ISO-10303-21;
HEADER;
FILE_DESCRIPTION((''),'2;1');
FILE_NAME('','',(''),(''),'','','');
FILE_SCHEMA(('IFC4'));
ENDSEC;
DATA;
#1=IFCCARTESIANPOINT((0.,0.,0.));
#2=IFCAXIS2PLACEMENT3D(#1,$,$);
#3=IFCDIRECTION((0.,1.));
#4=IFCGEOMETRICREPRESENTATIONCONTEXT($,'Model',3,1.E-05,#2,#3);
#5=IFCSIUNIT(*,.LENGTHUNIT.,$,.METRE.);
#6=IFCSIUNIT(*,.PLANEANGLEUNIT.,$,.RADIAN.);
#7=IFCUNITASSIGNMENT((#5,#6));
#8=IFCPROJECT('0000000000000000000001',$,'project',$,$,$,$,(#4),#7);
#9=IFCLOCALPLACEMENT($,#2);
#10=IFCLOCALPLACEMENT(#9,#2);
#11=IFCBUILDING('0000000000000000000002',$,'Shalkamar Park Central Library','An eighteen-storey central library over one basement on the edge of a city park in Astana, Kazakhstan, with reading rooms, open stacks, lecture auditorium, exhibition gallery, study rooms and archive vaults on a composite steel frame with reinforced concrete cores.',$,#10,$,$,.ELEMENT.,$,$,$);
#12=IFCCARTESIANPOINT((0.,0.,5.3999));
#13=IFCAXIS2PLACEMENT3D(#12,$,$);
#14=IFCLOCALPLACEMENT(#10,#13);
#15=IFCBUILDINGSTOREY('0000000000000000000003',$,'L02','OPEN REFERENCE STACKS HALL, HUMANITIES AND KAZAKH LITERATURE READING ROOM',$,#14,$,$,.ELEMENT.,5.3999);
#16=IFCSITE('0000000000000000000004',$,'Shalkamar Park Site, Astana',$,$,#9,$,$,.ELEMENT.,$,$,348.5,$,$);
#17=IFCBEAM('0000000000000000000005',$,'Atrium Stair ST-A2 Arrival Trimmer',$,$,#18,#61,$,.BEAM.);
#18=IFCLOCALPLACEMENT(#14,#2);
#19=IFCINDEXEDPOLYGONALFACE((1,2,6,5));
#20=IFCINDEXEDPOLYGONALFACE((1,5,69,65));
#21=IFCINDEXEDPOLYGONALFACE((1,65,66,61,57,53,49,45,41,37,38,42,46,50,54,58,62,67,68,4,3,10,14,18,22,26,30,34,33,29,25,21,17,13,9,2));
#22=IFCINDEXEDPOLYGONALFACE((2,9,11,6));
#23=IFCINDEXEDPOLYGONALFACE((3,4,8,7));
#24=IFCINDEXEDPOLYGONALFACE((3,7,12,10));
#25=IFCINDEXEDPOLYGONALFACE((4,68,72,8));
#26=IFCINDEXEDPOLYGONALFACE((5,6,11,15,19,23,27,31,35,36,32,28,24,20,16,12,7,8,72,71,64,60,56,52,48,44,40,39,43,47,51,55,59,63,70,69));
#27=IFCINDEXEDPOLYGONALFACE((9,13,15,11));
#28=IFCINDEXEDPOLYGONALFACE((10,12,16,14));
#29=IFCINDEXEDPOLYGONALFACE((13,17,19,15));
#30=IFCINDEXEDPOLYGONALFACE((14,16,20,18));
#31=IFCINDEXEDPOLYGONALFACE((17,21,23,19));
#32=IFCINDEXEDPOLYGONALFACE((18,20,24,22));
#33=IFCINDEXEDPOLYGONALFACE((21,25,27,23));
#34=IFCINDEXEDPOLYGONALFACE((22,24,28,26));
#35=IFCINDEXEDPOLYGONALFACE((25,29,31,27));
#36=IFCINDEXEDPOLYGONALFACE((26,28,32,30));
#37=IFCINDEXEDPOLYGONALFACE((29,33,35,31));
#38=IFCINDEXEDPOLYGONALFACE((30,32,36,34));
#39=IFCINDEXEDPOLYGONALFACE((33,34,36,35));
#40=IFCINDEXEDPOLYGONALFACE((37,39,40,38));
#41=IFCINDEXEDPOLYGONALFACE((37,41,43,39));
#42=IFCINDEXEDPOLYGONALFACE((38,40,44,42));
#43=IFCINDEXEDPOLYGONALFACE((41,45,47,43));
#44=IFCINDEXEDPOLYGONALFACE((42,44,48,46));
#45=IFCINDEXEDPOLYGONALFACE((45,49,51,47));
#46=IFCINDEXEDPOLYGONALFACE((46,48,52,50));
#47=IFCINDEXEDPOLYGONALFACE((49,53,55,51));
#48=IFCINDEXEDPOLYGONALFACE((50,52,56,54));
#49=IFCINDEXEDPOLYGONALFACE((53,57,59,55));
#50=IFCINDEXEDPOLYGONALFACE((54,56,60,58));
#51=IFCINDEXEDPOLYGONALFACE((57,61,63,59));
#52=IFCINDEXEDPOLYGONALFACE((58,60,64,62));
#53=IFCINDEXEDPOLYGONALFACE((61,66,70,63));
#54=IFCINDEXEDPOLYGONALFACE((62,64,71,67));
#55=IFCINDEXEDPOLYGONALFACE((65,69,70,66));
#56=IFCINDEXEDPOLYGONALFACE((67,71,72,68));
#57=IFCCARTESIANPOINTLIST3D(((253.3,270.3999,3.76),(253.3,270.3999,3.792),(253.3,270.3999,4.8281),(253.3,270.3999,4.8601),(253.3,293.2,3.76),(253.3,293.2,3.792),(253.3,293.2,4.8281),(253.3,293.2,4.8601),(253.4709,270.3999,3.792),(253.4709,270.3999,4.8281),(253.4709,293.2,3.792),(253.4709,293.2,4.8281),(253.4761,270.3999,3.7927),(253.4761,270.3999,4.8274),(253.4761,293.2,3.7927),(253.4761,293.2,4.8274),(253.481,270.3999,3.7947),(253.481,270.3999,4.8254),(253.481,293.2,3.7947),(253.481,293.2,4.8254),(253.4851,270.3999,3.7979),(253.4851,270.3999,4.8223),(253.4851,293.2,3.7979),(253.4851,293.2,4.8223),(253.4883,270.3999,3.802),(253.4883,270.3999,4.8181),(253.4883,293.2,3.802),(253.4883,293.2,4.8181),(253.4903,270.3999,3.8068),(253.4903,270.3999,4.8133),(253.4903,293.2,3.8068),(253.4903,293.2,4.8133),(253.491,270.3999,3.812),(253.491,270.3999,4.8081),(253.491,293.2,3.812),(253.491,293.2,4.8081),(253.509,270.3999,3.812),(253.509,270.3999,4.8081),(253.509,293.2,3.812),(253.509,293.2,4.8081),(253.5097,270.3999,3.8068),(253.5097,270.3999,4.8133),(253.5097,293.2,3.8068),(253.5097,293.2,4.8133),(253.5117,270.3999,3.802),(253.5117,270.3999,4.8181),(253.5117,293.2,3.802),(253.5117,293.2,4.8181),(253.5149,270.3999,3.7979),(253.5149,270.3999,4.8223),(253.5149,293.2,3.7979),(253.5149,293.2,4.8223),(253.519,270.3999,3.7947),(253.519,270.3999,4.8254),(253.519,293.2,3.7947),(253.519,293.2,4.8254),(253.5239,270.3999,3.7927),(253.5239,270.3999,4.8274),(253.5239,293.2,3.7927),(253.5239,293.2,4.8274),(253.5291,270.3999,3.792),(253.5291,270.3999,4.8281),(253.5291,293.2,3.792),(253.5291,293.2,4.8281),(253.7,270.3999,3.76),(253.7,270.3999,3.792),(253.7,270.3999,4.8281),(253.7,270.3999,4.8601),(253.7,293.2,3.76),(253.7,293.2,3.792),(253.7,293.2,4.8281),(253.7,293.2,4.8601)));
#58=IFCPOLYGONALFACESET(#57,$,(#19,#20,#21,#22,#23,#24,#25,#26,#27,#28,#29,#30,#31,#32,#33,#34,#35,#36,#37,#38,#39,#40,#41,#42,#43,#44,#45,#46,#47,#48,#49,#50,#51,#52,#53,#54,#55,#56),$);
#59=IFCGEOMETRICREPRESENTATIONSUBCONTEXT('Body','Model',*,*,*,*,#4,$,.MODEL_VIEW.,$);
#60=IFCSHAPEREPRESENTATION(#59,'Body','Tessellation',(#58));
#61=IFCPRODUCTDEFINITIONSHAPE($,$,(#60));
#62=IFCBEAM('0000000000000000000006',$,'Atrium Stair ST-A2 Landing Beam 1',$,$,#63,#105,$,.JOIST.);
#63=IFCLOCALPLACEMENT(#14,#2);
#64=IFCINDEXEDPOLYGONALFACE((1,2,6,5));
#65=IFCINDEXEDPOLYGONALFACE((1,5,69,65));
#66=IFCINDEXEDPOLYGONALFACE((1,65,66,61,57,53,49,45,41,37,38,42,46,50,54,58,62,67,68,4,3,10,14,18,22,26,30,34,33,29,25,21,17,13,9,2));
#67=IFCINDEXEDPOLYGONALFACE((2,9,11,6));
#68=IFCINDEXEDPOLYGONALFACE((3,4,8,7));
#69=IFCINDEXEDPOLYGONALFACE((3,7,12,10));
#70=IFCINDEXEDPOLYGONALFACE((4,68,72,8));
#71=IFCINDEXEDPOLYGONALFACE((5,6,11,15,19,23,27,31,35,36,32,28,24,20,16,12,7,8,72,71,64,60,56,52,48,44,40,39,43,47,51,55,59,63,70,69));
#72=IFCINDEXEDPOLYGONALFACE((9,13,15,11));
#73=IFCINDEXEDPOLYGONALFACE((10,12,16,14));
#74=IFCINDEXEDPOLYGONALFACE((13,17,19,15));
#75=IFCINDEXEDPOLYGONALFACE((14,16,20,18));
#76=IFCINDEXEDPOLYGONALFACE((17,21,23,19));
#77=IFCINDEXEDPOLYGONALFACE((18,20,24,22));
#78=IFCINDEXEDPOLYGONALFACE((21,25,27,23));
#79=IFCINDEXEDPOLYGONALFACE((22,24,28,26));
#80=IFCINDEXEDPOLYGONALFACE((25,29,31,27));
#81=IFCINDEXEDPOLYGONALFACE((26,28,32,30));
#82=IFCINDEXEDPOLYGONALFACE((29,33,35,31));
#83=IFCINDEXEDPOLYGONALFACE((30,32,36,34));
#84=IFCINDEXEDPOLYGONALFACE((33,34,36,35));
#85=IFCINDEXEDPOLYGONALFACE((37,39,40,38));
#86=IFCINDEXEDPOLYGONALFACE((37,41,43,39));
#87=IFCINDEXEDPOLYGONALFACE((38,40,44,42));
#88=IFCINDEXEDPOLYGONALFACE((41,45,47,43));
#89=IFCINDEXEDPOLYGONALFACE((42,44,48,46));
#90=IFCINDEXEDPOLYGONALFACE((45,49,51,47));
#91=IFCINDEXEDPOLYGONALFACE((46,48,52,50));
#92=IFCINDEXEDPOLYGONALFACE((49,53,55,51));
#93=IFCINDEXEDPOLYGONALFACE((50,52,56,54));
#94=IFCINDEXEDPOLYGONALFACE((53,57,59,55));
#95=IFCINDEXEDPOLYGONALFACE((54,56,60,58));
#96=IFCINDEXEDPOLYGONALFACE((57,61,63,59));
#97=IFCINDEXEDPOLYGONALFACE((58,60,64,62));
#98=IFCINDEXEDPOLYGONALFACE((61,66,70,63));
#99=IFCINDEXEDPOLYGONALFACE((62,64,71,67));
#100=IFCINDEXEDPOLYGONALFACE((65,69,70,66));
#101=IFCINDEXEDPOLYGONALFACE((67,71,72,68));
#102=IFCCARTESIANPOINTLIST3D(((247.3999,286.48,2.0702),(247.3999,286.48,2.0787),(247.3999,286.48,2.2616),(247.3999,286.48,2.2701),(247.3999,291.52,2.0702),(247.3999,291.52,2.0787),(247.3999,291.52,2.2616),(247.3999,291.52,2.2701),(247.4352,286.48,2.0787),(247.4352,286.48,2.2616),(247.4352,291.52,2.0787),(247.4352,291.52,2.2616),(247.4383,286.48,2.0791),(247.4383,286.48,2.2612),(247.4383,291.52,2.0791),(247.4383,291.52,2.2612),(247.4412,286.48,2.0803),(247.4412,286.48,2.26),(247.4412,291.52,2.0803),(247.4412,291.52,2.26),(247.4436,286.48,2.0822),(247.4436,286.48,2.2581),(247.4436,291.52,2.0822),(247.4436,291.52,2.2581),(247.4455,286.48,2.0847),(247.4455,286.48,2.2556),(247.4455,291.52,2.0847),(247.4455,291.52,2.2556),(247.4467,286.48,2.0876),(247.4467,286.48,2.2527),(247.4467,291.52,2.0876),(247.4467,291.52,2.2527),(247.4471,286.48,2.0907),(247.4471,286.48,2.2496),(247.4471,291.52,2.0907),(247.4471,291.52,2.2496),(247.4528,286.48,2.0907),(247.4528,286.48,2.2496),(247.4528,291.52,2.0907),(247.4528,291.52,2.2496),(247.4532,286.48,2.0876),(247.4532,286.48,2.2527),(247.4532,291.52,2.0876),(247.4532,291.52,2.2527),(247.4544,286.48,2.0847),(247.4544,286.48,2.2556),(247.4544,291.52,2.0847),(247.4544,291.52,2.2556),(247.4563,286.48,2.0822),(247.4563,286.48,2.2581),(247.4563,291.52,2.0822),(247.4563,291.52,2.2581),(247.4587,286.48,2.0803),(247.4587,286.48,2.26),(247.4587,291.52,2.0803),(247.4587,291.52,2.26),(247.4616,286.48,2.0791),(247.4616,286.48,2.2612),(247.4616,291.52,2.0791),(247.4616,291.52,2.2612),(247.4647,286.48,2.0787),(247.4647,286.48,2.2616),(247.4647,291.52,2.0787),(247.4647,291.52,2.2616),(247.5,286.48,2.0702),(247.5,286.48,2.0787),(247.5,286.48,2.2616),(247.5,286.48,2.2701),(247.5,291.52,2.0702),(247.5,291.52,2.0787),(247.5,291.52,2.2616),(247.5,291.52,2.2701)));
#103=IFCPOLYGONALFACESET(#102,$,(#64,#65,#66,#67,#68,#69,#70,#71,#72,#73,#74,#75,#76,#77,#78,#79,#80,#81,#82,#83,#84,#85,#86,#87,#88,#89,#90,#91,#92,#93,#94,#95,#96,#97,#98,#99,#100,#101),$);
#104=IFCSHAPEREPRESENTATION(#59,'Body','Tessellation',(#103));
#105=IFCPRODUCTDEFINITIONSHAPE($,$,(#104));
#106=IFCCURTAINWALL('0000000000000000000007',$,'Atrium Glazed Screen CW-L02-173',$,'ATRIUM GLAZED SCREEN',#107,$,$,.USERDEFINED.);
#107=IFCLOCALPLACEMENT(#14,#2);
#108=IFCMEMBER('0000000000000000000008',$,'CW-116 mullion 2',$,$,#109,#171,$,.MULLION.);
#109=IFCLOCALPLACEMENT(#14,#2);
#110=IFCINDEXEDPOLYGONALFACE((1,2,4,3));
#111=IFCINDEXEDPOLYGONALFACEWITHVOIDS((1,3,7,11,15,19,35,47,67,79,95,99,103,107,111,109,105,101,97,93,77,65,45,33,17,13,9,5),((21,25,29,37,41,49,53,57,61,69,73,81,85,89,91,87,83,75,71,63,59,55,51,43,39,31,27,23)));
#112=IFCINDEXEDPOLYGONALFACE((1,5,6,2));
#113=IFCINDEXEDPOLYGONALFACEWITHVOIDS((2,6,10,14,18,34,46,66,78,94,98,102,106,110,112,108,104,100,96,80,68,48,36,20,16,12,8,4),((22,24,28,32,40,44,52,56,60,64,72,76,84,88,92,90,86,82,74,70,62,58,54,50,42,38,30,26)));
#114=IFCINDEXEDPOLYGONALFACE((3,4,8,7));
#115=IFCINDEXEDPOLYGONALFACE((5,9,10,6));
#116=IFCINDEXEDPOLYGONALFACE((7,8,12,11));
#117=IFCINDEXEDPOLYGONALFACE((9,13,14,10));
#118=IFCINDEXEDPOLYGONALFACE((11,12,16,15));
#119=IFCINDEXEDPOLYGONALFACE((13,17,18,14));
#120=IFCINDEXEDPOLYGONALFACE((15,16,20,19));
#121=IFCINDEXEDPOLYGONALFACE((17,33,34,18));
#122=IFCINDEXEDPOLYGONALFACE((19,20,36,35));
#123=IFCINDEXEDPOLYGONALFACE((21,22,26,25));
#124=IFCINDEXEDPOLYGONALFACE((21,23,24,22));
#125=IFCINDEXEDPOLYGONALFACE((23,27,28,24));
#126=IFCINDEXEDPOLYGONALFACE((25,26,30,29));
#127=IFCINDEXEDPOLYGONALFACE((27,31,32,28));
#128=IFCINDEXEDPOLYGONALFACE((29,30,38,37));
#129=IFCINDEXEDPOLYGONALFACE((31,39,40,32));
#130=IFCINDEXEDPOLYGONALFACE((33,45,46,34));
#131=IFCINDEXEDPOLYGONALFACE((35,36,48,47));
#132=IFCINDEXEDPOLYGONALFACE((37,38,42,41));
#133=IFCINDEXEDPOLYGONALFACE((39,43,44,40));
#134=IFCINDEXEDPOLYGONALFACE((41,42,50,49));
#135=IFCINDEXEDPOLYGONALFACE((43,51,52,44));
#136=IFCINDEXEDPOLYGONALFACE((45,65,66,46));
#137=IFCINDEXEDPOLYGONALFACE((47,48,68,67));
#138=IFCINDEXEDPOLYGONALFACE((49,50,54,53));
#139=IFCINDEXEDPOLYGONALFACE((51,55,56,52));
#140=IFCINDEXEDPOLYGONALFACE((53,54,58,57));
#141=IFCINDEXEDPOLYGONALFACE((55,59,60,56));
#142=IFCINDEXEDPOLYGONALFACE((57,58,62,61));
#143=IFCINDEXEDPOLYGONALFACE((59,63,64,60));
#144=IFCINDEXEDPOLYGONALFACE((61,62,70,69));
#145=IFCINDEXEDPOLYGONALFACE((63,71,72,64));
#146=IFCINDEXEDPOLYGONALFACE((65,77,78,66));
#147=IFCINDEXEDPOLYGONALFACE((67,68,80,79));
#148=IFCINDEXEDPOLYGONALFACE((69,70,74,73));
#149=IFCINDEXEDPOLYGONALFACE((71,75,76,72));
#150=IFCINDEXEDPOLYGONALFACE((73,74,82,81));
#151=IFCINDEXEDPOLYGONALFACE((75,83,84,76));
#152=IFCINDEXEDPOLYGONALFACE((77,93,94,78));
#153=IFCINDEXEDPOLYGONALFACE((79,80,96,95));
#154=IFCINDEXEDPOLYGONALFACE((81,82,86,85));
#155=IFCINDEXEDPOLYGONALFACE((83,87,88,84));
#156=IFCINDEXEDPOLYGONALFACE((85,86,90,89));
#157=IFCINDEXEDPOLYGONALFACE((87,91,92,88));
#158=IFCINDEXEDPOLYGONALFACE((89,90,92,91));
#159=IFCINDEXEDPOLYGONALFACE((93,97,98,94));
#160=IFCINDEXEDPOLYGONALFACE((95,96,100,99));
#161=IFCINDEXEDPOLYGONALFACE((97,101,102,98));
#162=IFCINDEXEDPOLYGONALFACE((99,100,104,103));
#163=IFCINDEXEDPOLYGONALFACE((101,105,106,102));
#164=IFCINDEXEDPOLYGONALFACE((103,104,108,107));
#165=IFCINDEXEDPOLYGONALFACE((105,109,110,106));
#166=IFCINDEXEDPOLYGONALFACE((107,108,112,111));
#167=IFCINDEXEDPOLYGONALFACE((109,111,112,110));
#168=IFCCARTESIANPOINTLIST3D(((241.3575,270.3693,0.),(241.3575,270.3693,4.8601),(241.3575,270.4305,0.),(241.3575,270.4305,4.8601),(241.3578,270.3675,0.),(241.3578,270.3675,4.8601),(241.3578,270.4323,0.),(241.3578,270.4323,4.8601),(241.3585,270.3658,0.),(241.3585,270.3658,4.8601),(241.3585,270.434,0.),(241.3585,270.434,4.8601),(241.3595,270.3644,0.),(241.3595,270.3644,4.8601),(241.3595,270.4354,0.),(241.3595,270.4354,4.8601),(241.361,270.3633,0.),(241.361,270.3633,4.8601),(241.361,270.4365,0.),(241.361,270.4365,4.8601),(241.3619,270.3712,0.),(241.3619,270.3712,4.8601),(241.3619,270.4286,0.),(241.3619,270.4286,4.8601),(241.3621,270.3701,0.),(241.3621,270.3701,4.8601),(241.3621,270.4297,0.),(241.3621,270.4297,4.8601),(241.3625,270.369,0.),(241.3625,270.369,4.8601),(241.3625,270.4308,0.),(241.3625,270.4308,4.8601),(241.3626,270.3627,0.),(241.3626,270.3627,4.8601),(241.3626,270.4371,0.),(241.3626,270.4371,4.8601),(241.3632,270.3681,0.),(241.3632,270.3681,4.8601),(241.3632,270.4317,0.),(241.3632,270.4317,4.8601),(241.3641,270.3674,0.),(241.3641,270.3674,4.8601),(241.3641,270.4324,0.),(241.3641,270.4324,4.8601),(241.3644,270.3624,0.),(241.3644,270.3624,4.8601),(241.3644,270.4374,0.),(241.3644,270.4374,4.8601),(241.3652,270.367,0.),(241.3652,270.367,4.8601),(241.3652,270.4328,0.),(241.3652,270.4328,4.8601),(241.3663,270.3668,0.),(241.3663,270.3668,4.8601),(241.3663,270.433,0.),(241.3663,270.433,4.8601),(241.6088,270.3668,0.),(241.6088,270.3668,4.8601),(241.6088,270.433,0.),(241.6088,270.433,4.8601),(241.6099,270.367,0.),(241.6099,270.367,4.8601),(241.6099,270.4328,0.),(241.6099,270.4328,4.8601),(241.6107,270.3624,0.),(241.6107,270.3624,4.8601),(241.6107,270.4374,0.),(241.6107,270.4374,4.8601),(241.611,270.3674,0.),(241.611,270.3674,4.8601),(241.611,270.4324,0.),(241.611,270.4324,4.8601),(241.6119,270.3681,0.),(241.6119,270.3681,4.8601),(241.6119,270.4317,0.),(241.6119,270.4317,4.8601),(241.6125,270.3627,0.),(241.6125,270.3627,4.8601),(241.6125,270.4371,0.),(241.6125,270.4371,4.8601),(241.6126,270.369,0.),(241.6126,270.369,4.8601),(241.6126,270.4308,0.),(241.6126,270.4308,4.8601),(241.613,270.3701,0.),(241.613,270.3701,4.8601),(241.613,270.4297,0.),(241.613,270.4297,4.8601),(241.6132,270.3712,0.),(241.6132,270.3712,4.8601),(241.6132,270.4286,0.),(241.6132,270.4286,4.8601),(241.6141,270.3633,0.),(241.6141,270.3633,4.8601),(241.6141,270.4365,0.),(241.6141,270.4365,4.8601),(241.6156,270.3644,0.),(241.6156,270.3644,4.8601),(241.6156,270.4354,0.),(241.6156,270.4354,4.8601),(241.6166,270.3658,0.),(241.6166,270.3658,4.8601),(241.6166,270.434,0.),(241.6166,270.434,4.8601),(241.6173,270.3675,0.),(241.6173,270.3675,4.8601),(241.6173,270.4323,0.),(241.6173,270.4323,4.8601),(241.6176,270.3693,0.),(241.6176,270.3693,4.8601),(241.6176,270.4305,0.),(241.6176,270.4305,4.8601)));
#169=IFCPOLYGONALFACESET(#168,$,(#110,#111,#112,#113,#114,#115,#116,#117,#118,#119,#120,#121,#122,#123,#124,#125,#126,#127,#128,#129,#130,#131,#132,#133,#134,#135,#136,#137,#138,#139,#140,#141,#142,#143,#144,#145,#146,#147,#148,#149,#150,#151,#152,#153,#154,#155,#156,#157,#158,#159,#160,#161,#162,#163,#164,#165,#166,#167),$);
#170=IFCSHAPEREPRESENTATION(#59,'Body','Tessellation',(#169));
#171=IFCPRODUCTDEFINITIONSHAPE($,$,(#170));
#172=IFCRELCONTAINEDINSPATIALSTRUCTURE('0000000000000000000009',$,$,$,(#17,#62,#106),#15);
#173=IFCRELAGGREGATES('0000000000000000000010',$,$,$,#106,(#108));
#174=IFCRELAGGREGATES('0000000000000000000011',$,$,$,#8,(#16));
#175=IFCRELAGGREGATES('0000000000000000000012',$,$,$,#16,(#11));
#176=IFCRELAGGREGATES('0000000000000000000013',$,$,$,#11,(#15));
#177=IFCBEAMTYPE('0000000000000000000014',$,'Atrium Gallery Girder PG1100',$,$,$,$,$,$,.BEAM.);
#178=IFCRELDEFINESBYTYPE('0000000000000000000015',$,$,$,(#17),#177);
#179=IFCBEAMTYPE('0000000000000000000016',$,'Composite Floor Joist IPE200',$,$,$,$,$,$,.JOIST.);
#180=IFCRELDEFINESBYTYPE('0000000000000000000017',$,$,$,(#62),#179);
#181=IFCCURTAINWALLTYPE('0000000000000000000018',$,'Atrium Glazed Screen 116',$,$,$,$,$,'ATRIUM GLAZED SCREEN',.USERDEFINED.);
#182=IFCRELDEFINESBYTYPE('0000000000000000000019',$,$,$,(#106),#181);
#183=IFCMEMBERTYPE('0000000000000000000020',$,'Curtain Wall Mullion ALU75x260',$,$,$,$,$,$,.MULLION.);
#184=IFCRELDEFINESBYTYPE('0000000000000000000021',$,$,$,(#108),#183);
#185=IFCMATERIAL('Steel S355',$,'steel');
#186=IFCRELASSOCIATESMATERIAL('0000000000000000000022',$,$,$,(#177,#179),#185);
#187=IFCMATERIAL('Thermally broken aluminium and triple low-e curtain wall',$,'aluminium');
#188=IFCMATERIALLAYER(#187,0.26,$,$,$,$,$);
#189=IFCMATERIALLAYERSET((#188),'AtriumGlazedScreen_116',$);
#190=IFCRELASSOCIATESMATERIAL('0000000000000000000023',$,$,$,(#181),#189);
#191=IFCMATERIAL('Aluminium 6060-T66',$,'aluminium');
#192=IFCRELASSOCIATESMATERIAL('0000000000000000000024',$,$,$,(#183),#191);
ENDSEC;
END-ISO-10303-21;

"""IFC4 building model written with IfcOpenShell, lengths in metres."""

from ifc_helpers import new_model, si_unit, direction, frame, origin, origin_2d, place, context, subcontext, project, spatial, hollow_rectangle, i_section, extrude, material, layer, layer_set, material_profile, profile_set, type_object, element, aggregate, save


model = new_model("IFC4")

# Units and contexts
model_context = context("Model", 3, precision=1e-05, world=origin(), true_north=direction((0.0, 1.0)))
body_context = subcontext(model_context, "Body", "Model", "MODEL_VIEW")
ifc_project = project(units=[si_unit("LENGTHUNIT", "METRE"), si_unit("PLANEANGLEUNIT", "RADIAN")], contexts=[model_context])

# Site, building, storey
site_placement = place(None, origin())
site = spatial("IfcSite", under=ifc_project, at=site_placement, Name="Shalkamar Park Site, Astana", CompositionType="ELEMENT", RefElevation=348.5)
building_placement = place(site_placement, origin())
building = spatial("IfcBuilding", under=site, at=building_placement, Name="Shalkamar Park Central Library", Description="An eighteen-storey central library over one basement on the edge of a city park in Astana, Kazakhstan, with reading rooms, open stacks, lecture auditorium, exhibition gallery, study rooms and archive vaults on a composite steel frame with reinforced concrete cores.", CompositionType="ELEMENT")
storey_placement = place(building_placement, frame((0.0, 0.0, 5.3999)))
storey = spatial("IfcBuildingStorey", under=building, at=storey_placement, Name="L02", Description="OPEN REFERENCE STACKS HALL, HUMANITIES AND KAZAKH LITERATURE READING ROOM", CompositionType="ELEMENT", Elevation=5.3999)

# Beams
ifc_material_1 = material(Name="Steel S355", Category="steel")
ifc_material_profile_1 = material_profile(ifc_material_1, i_section(OverallWidth=0.3999, OverallDepth=1.1001, WebThickness=0.0181, FlangeThickness=0.032, FilletRadius=0.02, at=origin_2d()), Name="PG 1100x400")
ifc_profile_set_1 = profile_set([ifc_material_profile_1], Name="Steel S355")
beam_type_1 = type_object("IfcBeamType", Name="Atrium Gallery Girder PG1100", PredefinedType="BEAM", material=ifc_profile_set_1)
beam_1_placement = place(storey_placement, frame((253.5, 270.3999, 4.3101), z_axis=(0.0, 1.0, 0.0), x_axis=(-1.0, 0.0, 0.0)))
element("IfcBeam", 1, at=beam_1_placement, inside=storey, type_object=beam_type_1, Name="Atrium Stair ST-A2 Arrival Trimmer", PredefinedType="BEAM", context=body_context, shape_type="SweptSolid", body=[
    extrude(i_section(OverallWidth=0.3999, OverallDepth=1.1001, WebThickness=0.0181, FlangeThickness=0.032, FilletRadius=0.02, at=origin_2d()), origin(), (0.0, 0.0, 1.0), 22.8),
])
ifc_material_profile_2 = material_profile(ifc_material_1, i_section(OverallWidth=0.1001, OverallDepth=0.2, WebThickness=0.0056, FlangeThickness=0.0085, FilletRadius=0.012, at=origin_2d()), Name="IPE 200")
ifc_profile_set_2 = profile_set([ifc_material_profile_2], Name="Steel S355")
beam_type_2 = type_object("IfcBeamType", Name="Composite Floor Joist IPE200", PredefinedType="JOIST", material=ifc_profile_set_2)
beam_2_placement = place(storey_placement, frame((247.45, 286.48, 2.1702), z_axis=(0.0, 1.0, 0.0), x_axis=(-1.0, 0.0, 0.0)))
element("IfcBeam", 2, at=beam_2_placement, inside=storey, type_object=beam_type_2, Name="Atrium Stair ST-A2 Landing Beam 1", PredefinedType="JOIST", context=body_context, shape_type="SweptSolid", body=[
    extrude(i_section(OverallWidth=0.1001, OverallDepth=0.2, WebThickness=0.0056, FlangeThickness=0.0085, FilletRadius=0.012, at=origin_2d()), origin(), (0.0, 0.0, 1.0), 5.04),
])

# Curtain wall, member
ifc_material_2 = material(Name="Thermally broken aluminium and triple low-e curtain wall", Category="aluminium")
ifc_layer_1 = layer(ifc_material_2, 0.26)
ifc_layer_set_1 = layer_set([ifc_layer_1], Name="AtriumGlazedScreen_116")
curtain_wall_type_1 = type_object("IfcCurtainWallType", Name="Atrium Glazed Screen 116", ElementType="ATRIUM GLAZED SCREEN", PredefinedType="USERDEFINED", material=ifc_layer_set_1)
curtain_wall_1_placement = place(storey_placement, origin())
curtain_wall_1 = element("IfcCurtainWall", 3, at=curtain_wall_1_placement, inside=storey, type_object=curtain_wall_type_1, Name="Atrium Glazed Screen CW-L02-173", ObjectType="ATRIUM GLAZED SCREEN", PredefinedType="USERDEFINED")
ifc_material_3 = material(Name="Aluminium 6060-T66", Category="aluminium")
ifc_material_profile_3 = material_profile(ifc_material_3, hollow_rectangle(XDim=0.075, YDim=0.26, WallThickness=0.0044, InnerFilletRadius=0.0044, OuterFilletRadius=0.0068, at=origin_2d()), Name="ALU 75x260x4.5")
ifc_profile_set_3 = profile_set([ifc_material_profile_3], Name="Aluminium 6060-T66")
member_type_1 = type_object("IfcMemberType", Name="Curtain Wall Mullion ALU75x260", PredefinedType="MULLION", material=ifc_profile_set_3)
member_1_placement = place(storey_placement, frame((241.4875, 270.3999, 0.0), z_axis=(0.0, 0.0, 1.0), x_axis=(0.0, 1.0, 0.0)))
member_1 = element("IfcMember", 4, at=member_1_placement, type_object=member_type_1, Name="CW-116 mullion 2", PredefinedType="MULLION", context=body_context, shape_type="SweptSolid", body=[
    extrude(hollow_rectangle(XDim=0.075, YDim=0.26, WallThickness=0.0044, InnerFilletRadius=0.0044, OuterFilletRadius=0.0068, at=origin_2d()), origin(), (0.0, 0.0, 1.0), 4.8601),
])

aggregate(curtain_wall_1, [member_1])

save(model, "model.ifc")
